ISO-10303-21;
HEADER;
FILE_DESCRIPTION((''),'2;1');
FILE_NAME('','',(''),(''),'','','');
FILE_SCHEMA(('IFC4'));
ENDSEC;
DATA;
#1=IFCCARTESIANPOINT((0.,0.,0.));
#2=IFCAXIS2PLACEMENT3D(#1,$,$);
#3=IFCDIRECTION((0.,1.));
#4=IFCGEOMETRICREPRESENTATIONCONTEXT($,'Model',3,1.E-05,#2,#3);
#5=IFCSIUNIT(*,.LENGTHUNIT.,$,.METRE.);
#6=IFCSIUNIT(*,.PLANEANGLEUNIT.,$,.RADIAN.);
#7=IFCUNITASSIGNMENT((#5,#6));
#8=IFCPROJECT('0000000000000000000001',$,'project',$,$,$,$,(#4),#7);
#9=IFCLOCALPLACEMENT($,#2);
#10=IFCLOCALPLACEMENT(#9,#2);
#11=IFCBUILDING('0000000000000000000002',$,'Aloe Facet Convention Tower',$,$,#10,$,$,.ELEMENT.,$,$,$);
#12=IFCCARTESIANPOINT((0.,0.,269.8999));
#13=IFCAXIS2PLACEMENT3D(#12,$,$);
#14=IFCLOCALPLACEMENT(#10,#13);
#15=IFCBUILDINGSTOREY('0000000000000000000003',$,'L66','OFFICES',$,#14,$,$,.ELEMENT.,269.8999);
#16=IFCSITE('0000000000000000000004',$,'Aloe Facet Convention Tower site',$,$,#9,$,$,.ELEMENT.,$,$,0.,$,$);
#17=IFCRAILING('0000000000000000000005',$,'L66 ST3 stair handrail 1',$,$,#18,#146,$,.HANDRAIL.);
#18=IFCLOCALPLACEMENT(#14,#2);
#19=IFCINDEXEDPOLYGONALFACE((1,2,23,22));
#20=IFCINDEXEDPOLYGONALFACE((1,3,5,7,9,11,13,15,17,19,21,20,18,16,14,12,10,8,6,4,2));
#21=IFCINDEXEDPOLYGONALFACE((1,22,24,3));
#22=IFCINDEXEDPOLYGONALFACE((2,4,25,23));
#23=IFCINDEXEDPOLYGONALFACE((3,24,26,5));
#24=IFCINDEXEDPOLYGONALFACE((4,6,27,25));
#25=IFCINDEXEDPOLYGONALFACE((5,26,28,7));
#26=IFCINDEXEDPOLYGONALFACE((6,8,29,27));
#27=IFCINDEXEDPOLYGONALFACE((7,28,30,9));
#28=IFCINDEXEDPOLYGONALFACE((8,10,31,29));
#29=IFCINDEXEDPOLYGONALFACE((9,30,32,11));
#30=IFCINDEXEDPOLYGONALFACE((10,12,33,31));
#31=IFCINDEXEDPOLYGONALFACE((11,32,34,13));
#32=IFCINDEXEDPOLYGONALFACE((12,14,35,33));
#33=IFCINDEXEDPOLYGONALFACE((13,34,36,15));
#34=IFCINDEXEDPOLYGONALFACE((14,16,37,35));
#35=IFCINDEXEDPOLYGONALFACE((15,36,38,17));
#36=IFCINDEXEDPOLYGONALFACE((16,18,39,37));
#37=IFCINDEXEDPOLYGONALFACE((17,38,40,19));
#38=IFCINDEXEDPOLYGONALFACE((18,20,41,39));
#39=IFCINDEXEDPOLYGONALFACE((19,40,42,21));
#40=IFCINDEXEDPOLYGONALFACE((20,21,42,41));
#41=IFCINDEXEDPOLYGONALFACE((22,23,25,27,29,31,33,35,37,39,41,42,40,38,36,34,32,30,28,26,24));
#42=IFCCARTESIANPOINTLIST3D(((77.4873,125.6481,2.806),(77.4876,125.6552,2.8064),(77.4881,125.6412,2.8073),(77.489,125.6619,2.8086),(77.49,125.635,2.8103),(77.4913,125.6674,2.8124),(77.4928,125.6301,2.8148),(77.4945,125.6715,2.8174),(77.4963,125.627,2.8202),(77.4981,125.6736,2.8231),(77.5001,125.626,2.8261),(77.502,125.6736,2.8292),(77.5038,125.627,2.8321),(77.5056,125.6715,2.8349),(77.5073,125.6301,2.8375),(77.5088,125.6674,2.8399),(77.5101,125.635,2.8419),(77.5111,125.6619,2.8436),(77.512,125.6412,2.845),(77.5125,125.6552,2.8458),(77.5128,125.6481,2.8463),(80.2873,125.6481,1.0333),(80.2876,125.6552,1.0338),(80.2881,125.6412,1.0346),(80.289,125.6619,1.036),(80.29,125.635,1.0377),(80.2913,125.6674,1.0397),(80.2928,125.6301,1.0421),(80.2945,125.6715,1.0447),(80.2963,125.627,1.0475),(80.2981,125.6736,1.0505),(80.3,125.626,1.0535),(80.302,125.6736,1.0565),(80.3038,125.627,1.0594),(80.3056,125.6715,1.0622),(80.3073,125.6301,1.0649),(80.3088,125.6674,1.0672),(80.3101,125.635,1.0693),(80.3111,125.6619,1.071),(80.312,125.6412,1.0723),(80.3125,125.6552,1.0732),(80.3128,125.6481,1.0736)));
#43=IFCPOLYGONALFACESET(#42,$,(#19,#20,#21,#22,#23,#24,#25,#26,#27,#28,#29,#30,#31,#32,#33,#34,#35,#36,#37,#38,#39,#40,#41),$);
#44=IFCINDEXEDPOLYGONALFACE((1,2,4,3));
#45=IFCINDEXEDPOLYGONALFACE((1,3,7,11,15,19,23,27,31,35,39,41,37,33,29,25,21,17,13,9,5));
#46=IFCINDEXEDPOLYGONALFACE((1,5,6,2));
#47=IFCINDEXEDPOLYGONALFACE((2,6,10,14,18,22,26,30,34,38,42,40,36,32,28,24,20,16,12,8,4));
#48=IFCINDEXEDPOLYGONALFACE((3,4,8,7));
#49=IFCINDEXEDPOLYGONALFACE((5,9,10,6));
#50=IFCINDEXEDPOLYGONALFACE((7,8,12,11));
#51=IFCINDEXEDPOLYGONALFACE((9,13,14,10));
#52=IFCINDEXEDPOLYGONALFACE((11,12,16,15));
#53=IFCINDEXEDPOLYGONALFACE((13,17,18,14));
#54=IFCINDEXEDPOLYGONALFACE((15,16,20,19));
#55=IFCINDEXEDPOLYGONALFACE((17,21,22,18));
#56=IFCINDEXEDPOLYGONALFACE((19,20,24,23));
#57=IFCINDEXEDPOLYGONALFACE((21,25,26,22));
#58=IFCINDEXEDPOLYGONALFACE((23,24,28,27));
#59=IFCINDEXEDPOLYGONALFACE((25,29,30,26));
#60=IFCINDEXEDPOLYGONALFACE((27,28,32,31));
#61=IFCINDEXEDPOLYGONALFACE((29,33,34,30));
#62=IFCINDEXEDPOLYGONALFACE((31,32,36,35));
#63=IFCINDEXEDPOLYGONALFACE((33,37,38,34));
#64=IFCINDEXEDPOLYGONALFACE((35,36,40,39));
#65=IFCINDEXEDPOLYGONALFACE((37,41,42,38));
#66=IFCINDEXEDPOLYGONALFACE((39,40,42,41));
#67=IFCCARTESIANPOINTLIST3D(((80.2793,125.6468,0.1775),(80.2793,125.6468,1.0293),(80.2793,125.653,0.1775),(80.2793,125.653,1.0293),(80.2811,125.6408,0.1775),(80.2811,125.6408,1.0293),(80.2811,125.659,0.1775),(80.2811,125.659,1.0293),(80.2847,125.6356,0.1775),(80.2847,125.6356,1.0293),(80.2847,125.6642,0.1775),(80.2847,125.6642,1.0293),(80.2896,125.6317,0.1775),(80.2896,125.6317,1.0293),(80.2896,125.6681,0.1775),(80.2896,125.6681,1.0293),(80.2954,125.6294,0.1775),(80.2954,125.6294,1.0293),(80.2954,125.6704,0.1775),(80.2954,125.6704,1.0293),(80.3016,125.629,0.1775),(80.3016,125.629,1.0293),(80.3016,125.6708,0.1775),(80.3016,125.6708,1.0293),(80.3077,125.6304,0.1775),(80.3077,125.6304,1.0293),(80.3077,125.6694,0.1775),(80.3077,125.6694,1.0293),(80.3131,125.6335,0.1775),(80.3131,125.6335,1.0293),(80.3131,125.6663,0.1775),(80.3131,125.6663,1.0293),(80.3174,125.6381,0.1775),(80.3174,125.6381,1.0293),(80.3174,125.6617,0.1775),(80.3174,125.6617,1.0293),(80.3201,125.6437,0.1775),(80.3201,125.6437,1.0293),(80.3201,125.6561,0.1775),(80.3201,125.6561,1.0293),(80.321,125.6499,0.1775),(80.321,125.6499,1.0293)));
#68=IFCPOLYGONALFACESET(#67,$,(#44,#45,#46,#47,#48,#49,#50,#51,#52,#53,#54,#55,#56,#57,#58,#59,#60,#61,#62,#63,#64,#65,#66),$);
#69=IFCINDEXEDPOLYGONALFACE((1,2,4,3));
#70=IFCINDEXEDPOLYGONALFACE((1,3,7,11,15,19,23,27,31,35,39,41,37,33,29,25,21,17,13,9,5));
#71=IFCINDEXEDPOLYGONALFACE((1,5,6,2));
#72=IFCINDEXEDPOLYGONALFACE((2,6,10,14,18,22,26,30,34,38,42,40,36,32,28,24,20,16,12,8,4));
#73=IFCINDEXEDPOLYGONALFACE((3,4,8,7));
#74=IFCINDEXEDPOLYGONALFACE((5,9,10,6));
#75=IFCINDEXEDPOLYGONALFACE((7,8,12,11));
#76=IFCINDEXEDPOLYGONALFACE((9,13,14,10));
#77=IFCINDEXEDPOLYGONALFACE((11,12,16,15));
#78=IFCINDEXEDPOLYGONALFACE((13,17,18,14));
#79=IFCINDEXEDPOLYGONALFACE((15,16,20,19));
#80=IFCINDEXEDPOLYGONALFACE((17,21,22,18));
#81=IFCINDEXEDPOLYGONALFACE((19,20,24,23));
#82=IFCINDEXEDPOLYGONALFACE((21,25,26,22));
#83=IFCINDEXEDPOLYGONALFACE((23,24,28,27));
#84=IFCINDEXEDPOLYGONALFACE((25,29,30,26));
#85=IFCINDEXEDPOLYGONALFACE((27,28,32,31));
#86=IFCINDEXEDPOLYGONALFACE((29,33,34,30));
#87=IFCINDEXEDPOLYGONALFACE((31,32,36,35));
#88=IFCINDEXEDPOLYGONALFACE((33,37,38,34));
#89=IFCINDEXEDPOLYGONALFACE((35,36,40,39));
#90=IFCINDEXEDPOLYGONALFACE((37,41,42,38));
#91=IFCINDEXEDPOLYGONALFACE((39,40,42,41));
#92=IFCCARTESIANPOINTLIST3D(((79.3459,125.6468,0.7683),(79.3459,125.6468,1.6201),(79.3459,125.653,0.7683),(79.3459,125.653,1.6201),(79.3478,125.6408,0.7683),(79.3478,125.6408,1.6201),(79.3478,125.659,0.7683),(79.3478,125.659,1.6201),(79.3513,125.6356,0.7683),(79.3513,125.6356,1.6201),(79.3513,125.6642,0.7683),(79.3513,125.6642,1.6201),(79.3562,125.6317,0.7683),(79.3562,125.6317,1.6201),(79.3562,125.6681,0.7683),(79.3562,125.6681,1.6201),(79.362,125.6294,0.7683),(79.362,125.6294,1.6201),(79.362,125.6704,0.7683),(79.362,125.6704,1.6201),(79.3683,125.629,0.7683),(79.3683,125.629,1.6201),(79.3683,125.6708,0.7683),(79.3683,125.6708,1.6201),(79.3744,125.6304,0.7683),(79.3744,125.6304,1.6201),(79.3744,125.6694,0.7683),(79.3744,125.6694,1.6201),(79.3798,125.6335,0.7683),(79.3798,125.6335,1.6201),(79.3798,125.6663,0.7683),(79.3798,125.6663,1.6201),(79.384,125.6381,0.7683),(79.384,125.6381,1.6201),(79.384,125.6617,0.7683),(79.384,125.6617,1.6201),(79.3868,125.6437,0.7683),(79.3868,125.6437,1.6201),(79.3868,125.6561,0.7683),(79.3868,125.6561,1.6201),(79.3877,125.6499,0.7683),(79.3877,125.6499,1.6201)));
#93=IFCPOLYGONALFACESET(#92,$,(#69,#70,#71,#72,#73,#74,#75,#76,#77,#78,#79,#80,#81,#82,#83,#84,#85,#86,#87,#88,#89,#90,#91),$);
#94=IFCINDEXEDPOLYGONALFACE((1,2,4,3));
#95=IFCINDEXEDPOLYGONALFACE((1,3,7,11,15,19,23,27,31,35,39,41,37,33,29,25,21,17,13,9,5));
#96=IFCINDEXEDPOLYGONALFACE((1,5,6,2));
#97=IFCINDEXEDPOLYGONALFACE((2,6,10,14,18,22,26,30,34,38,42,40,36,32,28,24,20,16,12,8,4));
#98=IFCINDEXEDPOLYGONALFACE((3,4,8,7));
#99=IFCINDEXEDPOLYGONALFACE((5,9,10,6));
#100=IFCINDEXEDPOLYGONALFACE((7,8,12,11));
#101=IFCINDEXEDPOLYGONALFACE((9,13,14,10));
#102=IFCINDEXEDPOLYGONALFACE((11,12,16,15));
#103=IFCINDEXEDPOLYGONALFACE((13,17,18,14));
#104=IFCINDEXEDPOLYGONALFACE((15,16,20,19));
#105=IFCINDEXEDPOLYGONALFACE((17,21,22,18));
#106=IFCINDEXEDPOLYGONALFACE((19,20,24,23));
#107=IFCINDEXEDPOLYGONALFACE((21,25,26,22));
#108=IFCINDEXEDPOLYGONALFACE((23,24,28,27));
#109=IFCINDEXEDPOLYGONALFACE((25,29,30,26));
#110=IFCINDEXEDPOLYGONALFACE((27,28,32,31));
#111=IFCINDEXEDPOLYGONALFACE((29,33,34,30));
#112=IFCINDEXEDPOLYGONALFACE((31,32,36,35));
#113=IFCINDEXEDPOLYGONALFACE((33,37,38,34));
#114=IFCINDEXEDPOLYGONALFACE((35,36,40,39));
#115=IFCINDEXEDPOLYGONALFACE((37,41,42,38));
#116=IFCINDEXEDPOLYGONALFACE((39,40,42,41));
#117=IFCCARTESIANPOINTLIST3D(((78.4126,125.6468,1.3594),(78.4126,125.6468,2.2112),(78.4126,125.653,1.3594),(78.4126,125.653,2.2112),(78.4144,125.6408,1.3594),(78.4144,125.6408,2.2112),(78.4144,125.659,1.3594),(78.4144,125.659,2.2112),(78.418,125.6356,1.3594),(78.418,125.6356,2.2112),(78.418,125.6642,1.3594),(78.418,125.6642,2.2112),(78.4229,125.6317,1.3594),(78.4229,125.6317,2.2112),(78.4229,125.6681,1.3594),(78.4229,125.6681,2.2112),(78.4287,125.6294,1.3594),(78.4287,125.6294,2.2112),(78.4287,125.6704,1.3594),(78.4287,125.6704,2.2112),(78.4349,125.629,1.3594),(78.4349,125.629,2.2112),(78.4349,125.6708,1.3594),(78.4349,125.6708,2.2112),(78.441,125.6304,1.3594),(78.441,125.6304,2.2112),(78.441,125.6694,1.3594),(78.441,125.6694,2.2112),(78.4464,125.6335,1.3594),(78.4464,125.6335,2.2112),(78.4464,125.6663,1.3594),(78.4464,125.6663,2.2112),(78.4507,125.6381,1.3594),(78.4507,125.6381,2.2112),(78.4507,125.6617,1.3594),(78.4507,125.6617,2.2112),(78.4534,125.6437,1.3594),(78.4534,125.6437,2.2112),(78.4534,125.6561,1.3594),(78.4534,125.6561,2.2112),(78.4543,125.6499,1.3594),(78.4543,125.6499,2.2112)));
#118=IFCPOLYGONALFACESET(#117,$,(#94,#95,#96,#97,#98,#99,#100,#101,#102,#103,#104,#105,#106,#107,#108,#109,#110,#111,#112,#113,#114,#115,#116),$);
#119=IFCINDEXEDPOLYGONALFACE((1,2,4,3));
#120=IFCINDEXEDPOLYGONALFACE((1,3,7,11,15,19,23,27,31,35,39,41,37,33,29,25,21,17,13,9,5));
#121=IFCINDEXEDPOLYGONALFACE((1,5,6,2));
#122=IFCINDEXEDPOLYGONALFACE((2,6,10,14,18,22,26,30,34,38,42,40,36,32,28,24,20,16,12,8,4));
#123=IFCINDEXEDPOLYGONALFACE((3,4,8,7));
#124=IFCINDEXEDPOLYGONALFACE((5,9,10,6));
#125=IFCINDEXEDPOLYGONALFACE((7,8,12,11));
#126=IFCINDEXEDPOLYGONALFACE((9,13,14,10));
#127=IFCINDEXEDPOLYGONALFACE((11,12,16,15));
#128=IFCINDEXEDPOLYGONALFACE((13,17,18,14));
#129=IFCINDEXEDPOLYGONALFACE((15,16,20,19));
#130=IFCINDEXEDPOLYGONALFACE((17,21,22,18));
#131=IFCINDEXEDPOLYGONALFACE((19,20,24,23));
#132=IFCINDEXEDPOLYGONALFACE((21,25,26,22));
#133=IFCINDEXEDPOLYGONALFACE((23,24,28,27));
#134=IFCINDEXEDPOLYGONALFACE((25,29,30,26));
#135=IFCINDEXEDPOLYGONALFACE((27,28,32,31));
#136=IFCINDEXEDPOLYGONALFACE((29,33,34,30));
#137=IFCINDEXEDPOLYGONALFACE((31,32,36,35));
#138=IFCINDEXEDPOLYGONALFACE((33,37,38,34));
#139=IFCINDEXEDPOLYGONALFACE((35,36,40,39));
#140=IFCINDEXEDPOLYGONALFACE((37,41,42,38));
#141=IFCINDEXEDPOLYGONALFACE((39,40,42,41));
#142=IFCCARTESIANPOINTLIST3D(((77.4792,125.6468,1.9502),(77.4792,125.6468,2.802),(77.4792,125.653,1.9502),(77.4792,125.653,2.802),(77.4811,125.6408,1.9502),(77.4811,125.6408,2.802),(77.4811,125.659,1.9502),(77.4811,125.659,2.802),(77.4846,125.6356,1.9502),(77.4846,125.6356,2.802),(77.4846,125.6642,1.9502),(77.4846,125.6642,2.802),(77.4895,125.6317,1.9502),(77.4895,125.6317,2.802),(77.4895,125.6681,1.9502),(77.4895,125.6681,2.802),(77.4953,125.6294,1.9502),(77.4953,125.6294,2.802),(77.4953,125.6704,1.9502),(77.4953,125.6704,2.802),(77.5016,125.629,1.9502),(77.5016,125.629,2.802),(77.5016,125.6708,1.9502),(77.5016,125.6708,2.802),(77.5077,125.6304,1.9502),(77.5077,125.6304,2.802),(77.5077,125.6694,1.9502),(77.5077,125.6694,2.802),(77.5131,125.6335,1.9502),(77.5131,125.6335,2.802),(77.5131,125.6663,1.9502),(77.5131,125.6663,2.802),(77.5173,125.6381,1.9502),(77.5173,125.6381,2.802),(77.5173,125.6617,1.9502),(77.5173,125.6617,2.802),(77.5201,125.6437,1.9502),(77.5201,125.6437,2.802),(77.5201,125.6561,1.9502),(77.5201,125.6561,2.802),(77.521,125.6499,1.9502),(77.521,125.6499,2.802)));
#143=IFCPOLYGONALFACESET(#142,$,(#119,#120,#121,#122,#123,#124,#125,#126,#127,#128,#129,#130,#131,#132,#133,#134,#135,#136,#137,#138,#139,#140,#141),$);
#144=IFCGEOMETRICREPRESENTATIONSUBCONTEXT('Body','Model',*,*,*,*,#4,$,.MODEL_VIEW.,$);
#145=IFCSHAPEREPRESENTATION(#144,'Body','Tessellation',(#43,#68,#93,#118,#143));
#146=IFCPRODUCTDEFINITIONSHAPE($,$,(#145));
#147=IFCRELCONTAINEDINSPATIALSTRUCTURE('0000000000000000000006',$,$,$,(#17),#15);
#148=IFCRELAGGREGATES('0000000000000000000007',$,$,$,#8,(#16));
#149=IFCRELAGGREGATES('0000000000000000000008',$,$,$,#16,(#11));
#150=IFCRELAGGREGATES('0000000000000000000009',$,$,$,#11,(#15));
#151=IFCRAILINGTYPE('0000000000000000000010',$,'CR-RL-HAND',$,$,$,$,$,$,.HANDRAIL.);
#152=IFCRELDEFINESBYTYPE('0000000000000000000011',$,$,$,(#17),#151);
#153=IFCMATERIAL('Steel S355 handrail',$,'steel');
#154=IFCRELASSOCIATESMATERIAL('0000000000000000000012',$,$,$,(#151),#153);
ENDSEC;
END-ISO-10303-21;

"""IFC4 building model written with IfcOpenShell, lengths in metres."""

from ifc_helpers import new_model, si_unit, direction, frame, origin, origin_2d, place, context, subcontext, project, spatial, circle, extrude, material, type_object, element, save


model = new_model("IFC4")

# Units and contexts
model_context = context("Model", 3, precision=1e-05, world=origin(), true_north=direction((0.0, 1.0)))
body_context = subcontext(model_context, "Body", "Model", "MODEL_VIEW")
ifc_project = project(units=[si_unit("LENGTHUNIT", "METRE"), si_unit("PLANEANGLEUNIT", "RADIAN")], contexts=[model_context])

# Site, building, storey
site_placement = place(None, origin())
site = spatial("IfcSite", under=ifc_project, at=site_placement, Name="Aloe Facet Convention Tower site", CompositionType="ELEMENT", RefElevation=0.0)
building_placement = place(site_placement, origin())
building = spatial("IfcBuilding", under=site, at=building_placement, Name="Aloe Facet Convention Tower", CompositionType="ELEMENT")
storey_placement = place(building_placement, frame((0.0, 0.0, 269.8999)))
storey = spatial("IfcBuildingStorey", under=building, at=storey_placement, Name="L66", Description="OFFICES", CompositionType="ELEMENT", Elevation=269.8999)

# Railing
ifc_material_1 = material(Name="Steel S355 handrail", Category="steel")
railing_type_1 = type_object("IfcRailingType", Name="CR-RL-HAND", PredefinedType="HANDRAIL", material=ifc_material_1)
railing_1_placement = place(storey_placement, frame((80.3, 125.6499, 0.1775)))
element("IfcRailing", 1, at=railing_1_placement, inside=storey, type_object=railing_type_1, Name="L66 ST3 stair handrail 1", PredefinedType="HANDRAIL", context=body_context, shape_type="SweptSolid", body=[
    extrude(circle(Radius=0.0239, at=origin_2d()), frame((0.0, 0.0, 0.876), z_axis=(-0.844909, 0.0, 0.53491), x_axis=(0.0, -1.0, 0.0)), (0.0, 0.0, 1.0), 3.314),
    extrude(circle(Radius=0.021, at=origin_2d()), origin(), (0.0, 0.0, 1.0), 0.8518),
    extrude(circle(Radius=0.021, at=origin_2d()), frame((-0.9333, 0.0, 0.5908)), (0.0, 0.0, 1.0), 0.8518),
    extrude(circle(Radius=0.021, at=origin_2d()), frame((-1.8667, 0.0, 1.1819)), (0.0, 0.0, 1.0), 0.8518),
    extrude(circle(Radius=0.021, at=origin_2d()), frame((-2.8, 0.0, 1.7727)), (0.0, 0.0, 1.0), 0.8518),
])

save(model, "model.ifc")
